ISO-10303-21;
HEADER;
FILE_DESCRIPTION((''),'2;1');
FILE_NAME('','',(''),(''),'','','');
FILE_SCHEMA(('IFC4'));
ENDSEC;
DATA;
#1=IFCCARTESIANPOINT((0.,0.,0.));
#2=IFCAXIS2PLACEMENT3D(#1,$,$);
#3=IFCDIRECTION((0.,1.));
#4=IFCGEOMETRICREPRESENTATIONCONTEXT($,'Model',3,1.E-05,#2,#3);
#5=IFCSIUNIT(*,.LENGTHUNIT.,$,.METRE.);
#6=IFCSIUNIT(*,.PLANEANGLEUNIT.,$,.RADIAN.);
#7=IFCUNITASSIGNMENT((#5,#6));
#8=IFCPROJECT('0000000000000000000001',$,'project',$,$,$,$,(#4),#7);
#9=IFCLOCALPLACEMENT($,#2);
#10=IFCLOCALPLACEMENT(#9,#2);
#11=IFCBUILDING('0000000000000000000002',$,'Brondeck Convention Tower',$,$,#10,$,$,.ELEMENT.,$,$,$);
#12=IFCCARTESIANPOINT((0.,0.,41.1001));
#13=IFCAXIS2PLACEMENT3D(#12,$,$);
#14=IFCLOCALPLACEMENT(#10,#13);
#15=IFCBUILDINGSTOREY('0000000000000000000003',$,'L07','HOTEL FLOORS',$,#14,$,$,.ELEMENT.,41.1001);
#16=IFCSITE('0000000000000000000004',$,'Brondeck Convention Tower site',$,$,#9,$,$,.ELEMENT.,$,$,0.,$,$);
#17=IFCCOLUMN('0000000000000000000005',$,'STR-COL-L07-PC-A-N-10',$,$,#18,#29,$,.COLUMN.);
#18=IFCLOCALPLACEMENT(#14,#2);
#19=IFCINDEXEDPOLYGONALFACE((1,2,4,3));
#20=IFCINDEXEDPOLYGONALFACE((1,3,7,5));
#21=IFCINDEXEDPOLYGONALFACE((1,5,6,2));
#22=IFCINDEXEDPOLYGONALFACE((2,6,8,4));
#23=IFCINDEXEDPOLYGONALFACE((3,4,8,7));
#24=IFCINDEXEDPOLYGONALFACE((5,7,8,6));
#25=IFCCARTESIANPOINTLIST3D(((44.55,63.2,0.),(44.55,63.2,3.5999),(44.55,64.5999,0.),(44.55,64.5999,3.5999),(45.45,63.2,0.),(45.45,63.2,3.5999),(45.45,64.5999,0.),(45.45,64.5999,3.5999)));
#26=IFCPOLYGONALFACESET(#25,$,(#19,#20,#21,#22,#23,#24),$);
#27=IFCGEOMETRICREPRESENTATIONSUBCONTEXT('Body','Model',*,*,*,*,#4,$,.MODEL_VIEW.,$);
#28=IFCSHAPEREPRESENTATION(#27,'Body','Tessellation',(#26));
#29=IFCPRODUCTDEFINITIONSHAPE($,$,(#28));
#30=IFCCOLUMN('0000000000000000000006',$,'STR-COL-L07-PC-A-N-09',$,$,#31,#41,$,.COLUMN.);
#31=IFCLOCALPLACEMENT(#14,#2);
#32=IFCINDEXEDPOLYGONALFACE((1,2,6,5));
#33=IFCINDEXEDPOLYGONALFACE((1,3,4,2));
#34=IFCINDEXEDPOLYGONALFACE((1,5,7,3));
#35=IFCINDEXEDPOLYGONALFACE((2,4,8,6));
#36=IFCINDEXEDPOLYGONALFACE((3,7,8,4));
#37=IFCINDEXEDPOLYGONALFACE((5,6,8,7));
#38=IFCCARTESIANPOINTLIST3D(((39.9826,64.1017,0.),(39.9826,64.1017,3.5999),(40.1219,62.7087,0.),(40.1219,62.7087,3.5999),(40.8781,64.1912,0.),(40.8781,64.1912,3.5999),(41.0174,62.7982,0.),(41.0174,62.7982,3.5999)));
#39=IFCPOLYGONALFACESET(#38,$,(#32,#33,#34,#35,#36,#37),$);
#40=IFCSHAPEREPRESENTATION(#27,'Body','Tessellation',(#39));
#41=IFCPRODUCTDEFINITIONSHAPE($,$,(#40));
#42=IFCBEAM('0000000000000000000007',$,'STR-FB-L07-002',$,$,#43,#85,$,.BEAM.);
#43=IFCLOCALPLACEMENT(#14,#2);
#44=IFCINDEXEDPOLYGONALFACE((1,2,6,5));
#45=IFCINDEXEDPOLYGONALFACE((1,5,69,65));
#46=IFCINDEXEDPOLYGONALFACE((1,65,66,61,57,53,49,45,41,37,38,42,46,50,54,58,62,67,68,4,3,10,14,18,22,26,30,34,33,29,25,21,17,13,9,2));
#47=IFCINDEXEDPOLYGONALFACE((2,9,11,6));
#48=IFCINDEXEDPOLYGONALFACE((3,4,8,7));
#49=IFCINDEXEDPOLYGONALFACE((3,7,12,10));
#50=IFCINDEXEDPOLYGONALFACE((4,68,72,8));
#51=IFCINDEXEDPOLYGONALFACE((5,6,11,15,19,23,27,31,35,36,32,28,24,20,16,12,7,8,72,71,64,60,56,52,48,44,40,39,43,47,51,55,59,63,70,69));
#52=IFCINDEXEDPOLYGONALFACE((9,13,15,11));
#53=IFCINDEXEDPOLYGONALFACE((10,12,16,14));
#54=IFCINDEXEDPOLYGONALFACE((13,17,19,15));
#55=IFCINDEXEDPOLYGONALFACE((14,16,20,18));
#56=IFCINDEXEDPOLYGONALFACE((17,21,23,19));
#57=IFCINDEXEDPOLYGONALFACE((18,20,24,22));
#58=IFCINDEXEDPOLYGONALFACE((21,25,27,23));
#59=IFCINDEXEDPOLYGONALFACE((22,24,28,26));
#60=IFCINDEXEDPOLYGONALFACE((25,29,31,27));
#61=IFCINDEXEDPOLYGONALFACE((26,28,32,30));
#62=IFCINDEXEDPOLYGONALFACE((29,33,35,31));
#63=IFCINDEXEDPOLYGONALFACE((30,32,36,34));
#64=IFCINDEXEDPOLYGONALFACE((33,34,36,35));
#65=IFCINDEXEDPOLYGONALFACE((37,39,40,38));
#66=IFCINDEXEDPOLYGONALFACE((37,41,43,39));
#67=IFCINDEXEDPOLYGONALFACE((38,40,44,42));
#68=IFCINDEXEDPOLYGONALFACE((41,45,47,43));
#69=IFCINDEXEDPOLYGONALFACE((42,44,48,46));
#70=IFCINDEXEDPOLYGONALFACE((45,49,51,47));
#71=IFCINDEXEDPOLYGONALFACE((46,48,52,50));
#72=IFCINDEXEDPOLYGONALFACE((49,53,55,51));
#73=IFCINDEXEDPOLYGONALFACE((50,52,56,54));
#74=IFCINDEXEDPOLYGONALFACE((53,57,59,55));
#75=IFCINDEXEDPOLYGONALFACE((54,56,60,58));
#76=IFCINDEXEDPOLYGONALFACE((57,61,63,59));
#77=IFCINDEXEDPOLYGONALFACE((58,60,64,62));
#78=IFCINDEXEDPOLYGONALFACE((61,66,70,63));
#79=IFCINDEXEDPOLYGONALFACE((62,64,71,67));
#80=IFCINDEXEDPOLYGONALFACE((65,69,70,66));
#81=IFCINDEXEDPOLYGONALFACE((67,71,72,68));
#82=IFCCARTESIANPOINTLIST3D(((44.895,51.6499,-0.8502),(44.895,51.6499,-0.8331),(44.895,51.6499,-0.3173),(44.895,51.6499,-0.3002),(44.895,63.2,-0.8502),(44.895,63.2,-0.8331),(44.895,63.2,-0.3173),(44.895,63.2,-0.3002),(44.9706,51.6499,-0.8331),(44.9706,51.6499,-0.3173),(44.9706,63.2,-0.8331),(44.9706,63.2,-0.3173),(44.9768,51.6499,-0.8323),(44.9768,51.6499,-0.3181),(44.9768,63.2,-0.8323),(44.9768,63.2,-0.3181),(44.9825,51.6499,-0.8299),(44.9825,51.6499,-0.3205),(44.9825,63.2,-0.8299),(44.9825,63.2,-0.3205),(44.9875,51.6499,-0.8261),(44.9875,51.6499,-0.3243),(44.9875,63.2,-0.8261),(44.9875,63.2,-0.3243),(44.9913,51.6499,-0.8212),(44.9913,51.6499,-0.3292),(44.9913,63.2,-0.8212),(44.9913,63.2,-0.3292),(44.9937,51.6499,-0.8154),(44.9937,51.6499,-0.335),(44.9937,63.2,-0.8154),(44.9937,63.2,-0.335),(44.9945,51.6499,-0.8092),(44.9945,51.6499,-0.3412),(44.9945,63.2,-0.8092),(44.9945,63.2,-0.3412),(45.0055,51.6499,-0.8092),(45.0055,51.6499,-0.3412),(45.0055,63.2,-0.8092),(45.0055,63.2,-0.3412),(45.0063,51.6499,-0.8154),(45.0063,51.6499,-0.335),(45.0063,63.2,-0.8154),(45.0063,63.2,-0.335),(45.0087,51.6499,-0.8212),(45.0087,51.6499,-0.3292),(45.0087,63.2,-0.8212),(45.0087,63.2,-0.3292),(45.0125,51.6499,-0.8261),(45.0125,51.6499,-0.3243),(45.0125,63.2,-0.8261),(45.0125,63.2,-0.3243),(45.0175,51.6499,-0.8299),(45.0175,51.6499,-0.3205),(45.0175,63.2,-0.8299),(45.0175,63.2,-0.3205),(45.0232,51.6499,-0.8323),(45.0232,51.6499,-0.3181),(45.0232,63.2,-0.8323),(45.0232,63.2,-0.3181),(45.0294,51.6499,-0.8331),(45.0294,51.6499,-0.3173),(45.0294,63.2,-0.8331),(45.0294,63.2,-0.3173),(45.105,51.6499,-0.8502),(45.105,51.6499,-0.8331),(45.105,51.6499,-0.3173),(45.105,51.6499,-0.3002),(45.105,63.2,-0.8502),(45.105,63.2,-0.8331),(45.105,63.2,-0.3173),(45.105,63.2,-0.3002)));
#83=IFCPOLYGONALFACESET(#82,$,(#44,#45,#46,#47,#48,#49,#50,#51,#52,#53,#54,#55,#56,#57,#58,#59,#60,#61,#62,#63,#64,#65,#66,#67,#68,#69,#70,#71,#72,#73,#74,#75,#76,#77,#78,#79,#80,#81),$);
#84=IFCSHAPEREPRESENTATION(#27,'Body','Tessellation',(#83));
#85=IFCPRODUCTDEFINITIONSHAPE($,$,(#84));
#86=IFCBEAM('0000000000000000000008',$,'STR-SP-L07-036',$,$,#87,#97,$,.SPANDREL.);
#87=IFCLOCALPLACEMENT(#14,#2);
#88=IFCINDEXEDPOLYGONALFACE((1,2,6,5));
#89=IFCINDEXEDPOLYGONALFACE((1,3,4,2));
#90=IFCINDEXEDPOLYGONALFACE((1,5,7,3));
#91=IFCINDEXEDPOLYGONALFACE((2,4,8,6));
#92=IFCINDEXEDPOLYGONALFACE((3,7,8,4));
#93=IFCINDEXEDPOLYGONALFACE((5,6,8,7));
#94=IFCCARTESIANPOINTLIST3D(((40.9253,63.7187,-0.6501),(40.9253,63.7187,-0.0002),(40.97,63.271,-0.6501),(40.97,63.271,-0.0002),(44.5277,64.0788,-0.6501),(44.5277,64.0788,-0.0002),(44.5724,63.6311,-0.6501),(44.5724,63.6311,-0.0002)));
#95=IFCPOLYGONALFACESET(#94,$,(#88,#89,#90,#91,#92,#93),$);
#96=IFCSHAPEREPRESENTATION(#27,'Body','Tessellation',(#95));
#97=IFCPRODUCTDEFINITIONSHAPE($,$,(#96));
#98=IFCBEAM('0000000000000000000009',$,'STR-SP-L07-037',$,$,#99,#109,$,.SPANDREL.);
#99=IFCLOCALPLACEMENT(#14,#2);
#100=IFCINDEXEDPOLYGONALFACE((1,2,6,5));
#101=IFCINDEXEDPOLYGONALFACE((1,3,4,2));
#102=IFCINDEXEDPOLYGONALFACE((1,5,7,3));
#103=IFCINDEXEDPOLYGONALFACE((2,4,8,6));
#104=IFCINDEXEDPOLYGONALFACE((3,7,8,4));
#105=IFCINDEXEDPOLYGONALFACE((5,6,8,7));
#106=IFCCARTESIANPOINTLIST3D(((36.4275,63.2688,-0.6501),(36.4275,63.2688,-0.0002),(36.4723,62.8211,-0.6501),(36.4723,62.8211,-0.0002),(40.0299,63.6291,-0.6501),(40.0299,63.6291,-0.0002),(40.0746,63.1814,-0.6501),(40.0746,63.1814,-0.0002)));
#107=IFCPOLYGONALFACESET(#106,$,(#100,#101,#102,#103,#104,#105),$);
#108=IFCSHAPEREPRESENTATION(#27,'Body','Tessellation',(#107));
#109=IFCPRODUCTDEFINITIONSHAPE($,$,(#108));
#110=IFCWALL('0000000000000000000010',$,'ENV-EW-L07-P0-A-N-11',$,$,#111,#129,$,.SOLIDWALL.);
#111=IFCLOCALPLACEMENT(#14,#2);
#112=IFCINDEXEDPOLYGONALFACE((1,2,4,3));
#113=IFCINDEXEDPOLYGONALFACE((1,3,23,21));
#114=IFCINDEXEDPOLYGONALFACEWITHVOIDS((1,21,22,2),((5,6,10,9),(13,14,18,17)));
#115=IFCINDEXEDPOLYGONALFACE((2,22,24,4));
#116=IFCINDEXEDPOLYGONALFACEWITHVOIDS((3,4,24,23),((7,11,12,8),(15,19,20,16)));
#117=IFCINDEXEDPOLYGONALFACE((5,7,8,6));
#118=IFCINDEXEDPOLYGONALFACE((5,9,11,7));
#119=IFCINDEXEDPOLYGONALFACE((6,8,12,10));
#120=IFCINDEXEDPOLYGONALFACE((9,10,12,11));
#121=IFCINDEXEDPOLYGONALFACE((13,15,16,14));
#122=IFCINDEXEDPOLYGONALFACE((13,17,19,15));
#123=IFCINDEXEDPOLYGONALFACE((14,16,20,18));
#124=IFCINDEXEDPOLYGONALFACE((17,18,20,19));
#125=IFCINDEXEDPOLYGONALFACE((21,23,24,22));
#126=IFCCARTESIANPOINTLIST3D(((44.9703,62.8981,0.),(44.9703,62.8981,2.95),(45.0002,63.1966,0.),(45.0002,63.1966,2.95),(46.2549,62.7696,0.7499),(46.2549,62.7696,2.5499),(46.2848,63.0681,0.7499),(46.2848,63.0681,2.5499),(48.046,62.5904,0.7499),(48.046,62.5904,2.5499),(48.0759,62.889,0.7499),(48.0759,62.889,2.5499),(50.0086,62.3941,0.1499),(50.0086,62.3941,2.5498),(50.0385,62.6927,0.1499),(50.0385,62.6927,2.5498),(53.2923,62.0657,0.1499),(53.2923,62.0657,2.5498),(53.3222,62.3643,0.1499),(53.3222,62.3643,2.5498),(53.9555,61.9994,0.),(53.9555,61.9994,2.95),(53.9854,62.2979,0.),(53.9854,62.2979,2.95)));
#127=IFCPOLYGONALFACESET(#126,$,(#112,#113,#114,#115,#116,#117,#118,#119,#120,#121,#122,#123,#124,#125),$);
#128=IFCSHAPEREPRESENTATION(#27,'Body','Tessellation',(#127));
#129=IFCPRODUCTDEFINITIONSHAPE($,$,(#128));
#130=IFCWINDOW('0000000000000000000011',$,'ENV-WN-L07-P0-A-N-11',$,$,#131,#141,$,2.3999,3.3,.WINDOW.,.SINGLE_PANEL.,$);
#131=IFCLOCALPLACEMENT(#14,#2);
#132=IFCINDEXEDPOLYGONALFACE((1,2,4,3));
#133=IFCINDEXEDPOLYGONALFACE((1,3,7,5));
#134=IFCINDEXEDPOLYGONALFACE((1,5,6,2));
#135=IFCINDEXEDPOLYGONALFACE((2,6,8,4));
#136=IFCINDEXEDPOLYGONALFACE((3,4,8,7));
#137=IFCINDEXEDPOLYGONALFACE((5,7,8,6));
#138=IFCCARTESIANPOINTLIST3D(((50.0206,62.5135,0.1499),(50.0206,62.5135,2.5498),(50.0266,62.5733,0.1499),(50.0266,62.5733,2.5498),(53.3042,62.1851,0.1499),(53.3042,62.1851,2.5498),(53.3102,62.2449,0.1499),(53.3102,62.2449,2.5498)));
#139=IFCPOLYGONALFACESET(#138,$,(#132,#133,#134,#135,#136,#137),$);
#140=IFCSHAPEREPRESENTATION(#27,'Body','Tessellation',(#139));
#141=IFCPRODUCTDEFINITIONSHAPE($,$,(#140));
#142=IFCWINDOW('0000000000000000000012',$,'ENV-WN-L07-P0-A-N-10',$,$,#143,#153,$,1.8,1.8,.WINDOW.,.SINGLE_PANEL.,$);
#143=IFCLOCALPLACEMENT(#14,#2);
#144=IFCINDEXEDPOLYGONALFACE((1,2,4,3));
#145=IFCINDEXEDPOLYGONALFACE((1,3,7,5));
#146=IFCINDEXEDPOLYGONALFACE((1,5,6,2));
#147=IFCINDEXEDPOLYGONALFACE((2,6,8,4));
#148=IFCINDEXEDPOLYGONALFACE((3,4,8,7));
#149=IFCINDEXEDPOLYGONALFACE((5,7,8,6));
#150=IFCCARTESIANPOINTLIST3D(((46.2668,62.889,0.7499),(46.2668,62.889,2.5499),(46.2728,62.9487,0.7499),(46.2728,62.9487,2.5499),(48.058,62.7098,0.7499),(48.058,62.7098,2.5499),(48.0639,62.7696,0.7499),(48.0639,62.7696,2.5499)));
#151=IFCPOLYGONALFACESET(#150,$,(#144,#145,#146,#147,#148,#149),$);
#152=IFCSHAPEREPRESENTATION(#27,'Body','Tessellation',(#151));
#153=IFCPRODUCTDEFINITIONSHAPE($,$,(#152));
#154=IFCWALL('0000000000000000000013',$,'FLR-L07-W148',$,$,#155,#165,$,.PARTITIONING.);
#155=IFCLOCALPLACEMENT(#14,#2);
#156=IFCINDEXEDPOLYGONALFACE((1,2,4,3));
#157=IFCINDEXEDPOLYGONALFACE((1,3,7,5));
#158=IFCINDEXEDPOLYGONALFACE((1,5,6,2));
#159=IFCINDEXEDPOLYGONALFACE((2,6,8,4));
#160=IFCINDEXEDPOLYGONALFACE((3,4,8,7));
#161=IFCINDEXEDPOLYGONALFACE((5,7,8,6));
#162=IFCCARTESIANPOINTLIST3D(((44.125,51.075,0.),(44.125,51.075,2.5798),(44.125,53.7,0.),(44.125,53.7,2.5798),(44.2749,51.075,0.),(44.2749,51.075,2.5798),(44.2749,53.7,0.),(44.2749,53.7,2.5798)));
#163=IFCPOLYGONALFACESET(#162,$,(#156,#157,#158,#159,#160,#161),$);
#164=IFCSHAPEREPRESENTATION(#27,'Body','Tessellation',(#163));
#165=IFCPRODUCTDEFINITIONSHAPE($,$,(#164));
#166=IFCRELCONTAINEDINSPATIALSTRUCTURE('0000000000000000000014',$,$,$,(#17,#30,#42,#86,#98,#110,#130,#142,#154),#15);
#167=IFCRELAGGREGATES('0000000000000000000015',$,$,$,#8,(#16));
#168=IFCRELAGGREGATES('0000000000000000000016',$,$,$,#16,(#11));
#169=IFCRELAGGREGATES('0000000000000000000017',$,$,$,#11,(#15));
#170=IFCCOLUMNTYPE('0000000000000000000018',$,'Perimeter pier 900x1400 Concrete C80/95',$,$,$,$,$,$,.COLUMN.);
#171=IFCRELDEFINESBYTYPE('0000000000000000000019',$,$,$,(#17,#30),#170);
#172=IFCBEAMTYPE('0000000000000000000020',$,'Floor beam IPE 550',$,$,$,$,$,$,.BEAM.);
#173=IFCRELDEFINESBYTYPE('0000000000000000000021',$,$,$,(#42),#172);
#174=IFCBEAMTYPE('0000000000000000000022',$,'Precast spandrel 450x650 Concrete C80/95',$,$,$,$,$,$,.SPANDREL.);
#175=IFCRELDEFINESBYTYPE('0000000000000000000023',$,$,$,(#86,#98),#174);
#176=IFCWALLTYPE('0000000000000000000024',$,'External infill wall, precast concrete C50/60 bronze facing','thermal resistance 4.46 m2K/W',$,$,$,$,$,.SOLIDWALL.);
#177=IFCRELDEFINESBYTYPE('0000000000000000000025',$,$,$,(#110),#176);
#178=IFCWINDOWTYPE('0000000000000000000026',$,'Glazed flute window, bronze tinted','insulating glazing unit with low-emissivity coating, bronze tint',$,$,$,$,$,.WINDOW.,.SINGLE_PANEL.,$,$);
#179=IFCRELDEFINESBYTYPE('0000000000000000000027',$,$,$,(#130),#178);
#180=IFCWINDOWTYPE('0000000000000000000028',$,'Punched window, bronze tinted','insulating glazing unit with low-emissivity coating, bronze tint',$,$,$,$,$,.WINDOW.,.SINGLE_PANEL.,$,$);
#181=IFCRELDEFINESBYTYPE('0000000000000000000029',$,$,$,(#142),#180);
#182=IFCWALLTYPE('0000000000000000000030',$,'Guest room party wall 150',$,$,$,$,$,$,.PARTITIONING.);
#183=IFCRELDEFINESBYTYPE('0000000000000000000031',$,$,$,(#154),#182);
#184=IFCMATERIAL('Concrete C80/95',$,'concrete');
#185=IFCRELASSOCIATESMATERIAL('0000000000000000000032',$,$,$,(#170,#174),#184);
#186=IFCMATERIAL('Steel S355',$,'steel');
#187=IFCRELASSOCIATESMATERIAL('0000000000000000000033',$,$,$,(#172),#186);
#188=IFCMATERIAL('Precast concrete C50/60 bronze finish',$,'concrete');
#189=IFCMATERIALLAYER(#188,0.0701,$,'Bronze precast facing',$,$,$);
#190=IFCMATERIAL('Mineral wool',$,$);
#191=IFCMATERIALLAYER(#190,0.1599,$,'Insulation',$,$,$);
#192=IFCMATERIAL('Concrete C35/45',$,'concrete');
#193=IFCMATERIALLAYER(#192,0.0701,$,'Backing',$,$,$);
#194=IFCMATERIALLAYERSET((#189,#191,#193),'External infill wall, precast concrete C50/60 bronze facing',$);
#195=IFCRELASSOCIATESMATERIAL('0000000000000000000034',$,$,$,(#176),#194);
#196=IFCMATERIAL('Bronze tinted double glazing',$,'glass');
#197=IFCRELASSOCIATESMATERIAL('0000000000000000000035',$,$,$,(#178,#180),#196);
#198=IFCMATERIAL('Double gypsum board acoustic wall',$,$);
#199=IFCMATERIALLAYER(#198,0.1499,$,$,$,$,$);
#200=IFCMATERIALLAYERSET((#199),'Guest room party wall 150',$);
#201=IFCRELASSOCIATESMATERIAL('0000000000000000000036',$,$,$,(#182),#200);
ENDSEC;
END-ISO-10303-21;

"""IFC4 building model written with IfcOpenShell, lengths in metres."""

from ifc_helpers import new_model, si_unit, direction, frame, frame_2d, origin, origin_2d, place, context, subcontext, project, spatial, rectangle, i_section, extrude, material, layer, layer_set, material_profile, profile_set, type_object, element, fill, save


model = new_model("IFC4")

# Units and contexts
model_context = context("Model", 3, precision=1e-05, world=origin(), true_north=direction((0.0, 1.0)))
body_context = subcontext(model_context, "Body", "Model", "MODEL_VIEW")
ifc_project = project(units=[si_unit("LENGTHUNIT", "METRE"), si_unit("PLANEANGLEUNIT", "RADIAN")], contexts=[model_context])

# Site, building, storey
site_placement = place(None, origin())
site = spatial("IfcSite", under=ifc_project, at=site_placement, Name="Brondeck Convention Tower site", CompositionType="ELEMENT", RefElevation=0.0)
building_placement = place(site_placement, origin())
building = spatial("IfcBuilding", under=site, at=building_placement, Name="Brondeck Convention Tower", CompositionType="ELEMENT")
storey_placement = place(building_placement, frame((0.0, 0.0, 41.1001)))
storey = spatial("IfcBuildingStorey", under=building, at=storey_placement, Name="L07", Description="HOTEL FLOORS", CompositionType="ELEMENT", Elevation=41.1001)

# Columns
ifc_material_1 = material(Name="Concrete C80/95", Category="concrete")
ifc_material_profile_1 = material_profile(ifc_material_1, rectangle(XDim=0.8999, YDim=1.3999, at=origin_2d()), Name="Perimeter pier 900x1400 Concrete C80/95")
ifc_profile_set_1 = profile_set([ifc_material_profile_1], Name="Concrete C80/95")
column_type = type_object("IfcColumnType", Name="Perimeter pier 900x1400 Concrete C80/95", PredefinedType="COLUMN", material=ifc_profile_set_1)
for number, where, z_axis, x_axis, name in (
    (1, (45.0, 63.8999, 0.0), (0.0, 0.0, 1.0), (-1.0, 0.0, 0.0), "STR-COL-L07-PC-A-N-10"),
    (2, (40.5, 63.45, 0.0), (0.0, 0.0, 1.0), (-0.995037, -0.099504, 0.0), "STR-COL-L07-PC-A-N-09"),
):
    element("IfcColumn", number, at=place(storey_placement, frame(where, z_axis=z_axis, x_axis=x_axis)), inside=storey, type_object=column_type, Name=name, PredefinedType="COLUMN", context=body_context, shape_type="SweptSolid", body=[
        extrude(rectangle(XDim=0.8999, YDim=1.3999, at=origin_2d()), origin(), (0.0, 0.0, 1.0), 3.5999),
    ])

# Beams
ifc_material_2 = material(Name="Steel S355", Category="steel")
ifc_material_profile_2 = material_profile(ifc_material_2, i_section(OverallWidth=0.21, OverallDepth=0.55, WebThickness=0.011, FlangeThickness=0.0171, FilletRadius=0.0239, at=origin_2d()), Name="IPE 550")
ifc_profile_set_2 = profile_set([ifc_material_profile_2], Name="Steel S355")
beam_type_1 = type_object("IfcBeamType", Name="Floor beam IPE 550", PredefinedType="BEAM", material=ifc_profile_set_2)
beam_placement = place(storey_placement, frame((45.0, 51.6499, -0.5752), z_axis=(0.0, 1.0, 0.0), x_axis=(-1.0, 0.0, 0.0)))
element("IfcBeam", 3, at=beam_placement, inside=storey, type_object=beam_type_1, Name="STR-FB-L07-002", PredefinedType="BEAM", context=body_context, shape_type="SweptSolid", body=[
    extrude(i_section(OverallWidth=0.21, OverallDepth=0.55, WebThickness=0.011, FlangeThickness=0.0171, FilletRadius=0.0239, at=origin_2d()), origin(), (0.0, 0.0, 1.0), 11.55),
])
ifc_material_profile_3 = material_profile(ifc_material_1, rectangle(XDim=0.45, YDim=0.6499, at=origin_2d()), Name="Precast spandrel 450x650 Concrete C80/95")
ifc_profile_set_3 = profile_set([ifc_material_profile_3], Name="Concrete C80/95")
beam_type_2 = type_object("IfcBeamType", Name="Precast spandrel 450x650 Concrete C80/95", PredefinedType="SPANDREL", material=ifc_profile_set_3)
for number, where, z_axis, x_axis, name in (
    (4, (44.55, 63.855, -0.3252), (-0.995041, -0.09947, 0.0), (0.09947, -0.995041, 0.0), "STR-SP-L07-036"),
    (5, (40.0522, 63.4053, -0.3252), (-0.995034, -0.099537, 0.0), (0.099537, -0.995034, 0.0), "STR-SP-L07-037"),
):
    element("IfcBeam", number, at=place(storey_placement, frame(where, z_axis=z_axis, x_axis=x_axis)), inside=storey, type_object=beam_type_2, Name=name, PredefinedType="SPANDREL", context=body_context, shape_type="SweptSolid", body=[
        extrude(rectangle(XDim=0.45, YDim=0.6499, at=origin_2d()), origin(), (0.0, 0.0, 1.0), 3.6204),
    ])

# Wall, openings, windows
ifc_material_3 = material(Name="Precast concrete C50/60 bronze finish", Category="concrete")
ifc_layer_1 = layer(ifc_material_3, 0.0701, Name="Bronze precast facing")
ifc_material_4 = material(Name="Mineral wool")
ifc_layer_2 = layer(ifc_material_4, 0.1599, Name="Insulation")
ifc_material_5 = material(Name="Concrete C35/45", Category="concrete")
ifc_layer_3 = layer(ifc_material_5, 0.0701, Name="Backing")
ifc_layer_set_1 = layer_set([ifc_layer_1, ifc_layer_2, ifc_layer_3], Name="External infill wall, precast concrete C50/60 bronze facing")
wall_type_1 = type_object("IfcWallType", Name="External infill wall, precast concrete C50/60 bronze facing", Description="thermal resistance 4.46 m2K/W", PredefinedType="SOLIDWALL", material=ifc_layer_set_1)
wall_1_placement = place(storey_placement, frame((44.9851, 63.0474, 0.0), z_axis=(0.0, 0.0, 1.0), x_axis=(0.995035, -0.099522, 0.0)))
wall_1 = element("IfcWall", 6, at=wall_1_placement, inside=storey, type_object=wall_type_1, Name="ENV-EW-L07-P0-A-N-11", PredefinedType="SOLIDWALL", context=body_context, shape_type="SweptSolid", body=[
    extrude(rectangle(XDim=9.03, YDim=0.3, at=frame_2d((4.5151, 0.0))), origin(), (0.0, 0.0, 1.0), 2.95),
])
opening_1_placement = place(wall_1_placement, frame((1.2913, 0.0, 0.75)))
opening_1 = element("IfcOpeningElement", 7, at=opening_1_placement, cuts=wall_1, PredefinedType="OPENING", context=body_context, shape_type="SweptSolid", body=[
    extrude(rectangle(XDim=1.8, YDim=1.8, at=frame_2d((0.8999, 0.8999))), frame((0.0, 0.1599, 0.0), z_axis=(0.0, -1.0, 0.0), x_axis=(1.0, 0.0, 0.0)), (0.0, 0.0, 1.0), 0.3201),
])
opening_2_placement = place(wall_1_placement, frame((5.0637, 0.0, 0.1499)))
opening_2 = element("IfcOpeningElement", 8, at=opening_2_placement, cuts=wall_1, PredefinedType="OPENING", context=body_context, shape_type="SweptSolid", body=[
    extrude(rectangle(XDim=3.3, YDim=2.3999, at=frame_2d((1.6499, 1.2))), frame((0.0, 0.1599, 0.0), z_axis=(0.0, -1.0, 0.0), x_axis=(1.0, 0.0, 0.0)), (0.0, 0.0, 1.0), 0.3201),
])
ifc_material_6 = material(Name="Bronze tinted double glazing", Category="glass")
window_type_1 = type_object("IfcWindowType", Name="Glazed flute window, bronze tinted", Description="insulating glazing unit with low-emissivity coating, bronze tint", PartitioningType="SINGLE_PANEL", PredefinedType="WINDOW", material=ifc_material_6)
window_1_placement = place(opening_2_placement, origin())
window_1 = element("IfcWindow", 9, at=window_1_placement, inside=storey, type_object=window_type_1, Name="ENV-WN-L07-P0-A-N-11", OverallHeight=2.3999, OverallWidth=3.3, PartitioningType="SINGLE_PANEL", PredefinedType="WINDOW", context=body_context, shape_type="SweptSolid", body=[
    extrude(rectangle(XDim=3.3, YDim=2.3999, at=frame_2d((1.6499, 1.2))), frame((0.0, 0.03, 0.0), z_axis=(0.0, -1.0, 0.0), x_axis=(1.0, 0.0, 0.0)), (0.0, 0.0, 1.0), 0.0601),
])
fill(opening_2, window_1)
window_type_2 = type_object("IfcWindowType", Name="Punched window, bronze tinted", Description="insulating glazing unit with low-emissivity coating, bronze tint", PartitioningType="SINGLE_PANEL", PredefinedType="WINDOW", material=ifc_material_6)
window_2_placement = place(opening_1_placement, origin())
window_2 = element("IfcWindow", 10, at=window_2_placement, inside=storey, type_object=window_type_2, Name="ENV-WN-L07-P0-A-N-10", OverallHeight=1.8, OverallWidth=1.8, PartitioningType="SINGLE_PANEL", PredefinedType="WINDOW", context=body_context, shape_type="SweptSolid", body=[
    extrude(rectangle(XDim=1.8, YDim=1.8, at=frame_2d((0.8999, 0.8999))), frame((0.0, 0.03, 0.0), z_axis=(0.0, -1.0, 0.0), x_axis=(1.0, 0.0, 0.0)), (0.0, 0.0, 1.0), 0.0601),
])
fill(opening_1, window_2)

# Wall
ifc_material_7 = material(Name="Double gypsum board acoustic wall")
ifc_layer_4 = layer(ifc_material_7, 0.1499)
ifc_layer_set_2 = layer_set([ifc_layer_4], Name="Guest room party wall 150")
wall_type_2 = type_object("IfcWallType", Name="Guest room party wall 150", PredefinedType="PARTITIONING", material=ifc_layer_set_2)
wall_2_placement = place(storey_placement, frame((44.2, 53.7, 0.0), z_axis=(0.0, 0.0, 1.0), x_axis=(0.0, -1.0, 0.0)))
element("IfcWall", 11, at=wall_2_placement, inside=storey, type_object=wall_type_2, Name="FLR-L07-W148", PredefinedType="PARTITIONING", context=body_context, shape_type="SweptSolid", body=[
    extrude(rectangle(XDim=2.625, YDim=0.1499, at=frame_2d((1.3125, 0.0))), origin(), (0.0, 0.0, 1.0), 2.5798),
])

save(model, "model.ifc")
